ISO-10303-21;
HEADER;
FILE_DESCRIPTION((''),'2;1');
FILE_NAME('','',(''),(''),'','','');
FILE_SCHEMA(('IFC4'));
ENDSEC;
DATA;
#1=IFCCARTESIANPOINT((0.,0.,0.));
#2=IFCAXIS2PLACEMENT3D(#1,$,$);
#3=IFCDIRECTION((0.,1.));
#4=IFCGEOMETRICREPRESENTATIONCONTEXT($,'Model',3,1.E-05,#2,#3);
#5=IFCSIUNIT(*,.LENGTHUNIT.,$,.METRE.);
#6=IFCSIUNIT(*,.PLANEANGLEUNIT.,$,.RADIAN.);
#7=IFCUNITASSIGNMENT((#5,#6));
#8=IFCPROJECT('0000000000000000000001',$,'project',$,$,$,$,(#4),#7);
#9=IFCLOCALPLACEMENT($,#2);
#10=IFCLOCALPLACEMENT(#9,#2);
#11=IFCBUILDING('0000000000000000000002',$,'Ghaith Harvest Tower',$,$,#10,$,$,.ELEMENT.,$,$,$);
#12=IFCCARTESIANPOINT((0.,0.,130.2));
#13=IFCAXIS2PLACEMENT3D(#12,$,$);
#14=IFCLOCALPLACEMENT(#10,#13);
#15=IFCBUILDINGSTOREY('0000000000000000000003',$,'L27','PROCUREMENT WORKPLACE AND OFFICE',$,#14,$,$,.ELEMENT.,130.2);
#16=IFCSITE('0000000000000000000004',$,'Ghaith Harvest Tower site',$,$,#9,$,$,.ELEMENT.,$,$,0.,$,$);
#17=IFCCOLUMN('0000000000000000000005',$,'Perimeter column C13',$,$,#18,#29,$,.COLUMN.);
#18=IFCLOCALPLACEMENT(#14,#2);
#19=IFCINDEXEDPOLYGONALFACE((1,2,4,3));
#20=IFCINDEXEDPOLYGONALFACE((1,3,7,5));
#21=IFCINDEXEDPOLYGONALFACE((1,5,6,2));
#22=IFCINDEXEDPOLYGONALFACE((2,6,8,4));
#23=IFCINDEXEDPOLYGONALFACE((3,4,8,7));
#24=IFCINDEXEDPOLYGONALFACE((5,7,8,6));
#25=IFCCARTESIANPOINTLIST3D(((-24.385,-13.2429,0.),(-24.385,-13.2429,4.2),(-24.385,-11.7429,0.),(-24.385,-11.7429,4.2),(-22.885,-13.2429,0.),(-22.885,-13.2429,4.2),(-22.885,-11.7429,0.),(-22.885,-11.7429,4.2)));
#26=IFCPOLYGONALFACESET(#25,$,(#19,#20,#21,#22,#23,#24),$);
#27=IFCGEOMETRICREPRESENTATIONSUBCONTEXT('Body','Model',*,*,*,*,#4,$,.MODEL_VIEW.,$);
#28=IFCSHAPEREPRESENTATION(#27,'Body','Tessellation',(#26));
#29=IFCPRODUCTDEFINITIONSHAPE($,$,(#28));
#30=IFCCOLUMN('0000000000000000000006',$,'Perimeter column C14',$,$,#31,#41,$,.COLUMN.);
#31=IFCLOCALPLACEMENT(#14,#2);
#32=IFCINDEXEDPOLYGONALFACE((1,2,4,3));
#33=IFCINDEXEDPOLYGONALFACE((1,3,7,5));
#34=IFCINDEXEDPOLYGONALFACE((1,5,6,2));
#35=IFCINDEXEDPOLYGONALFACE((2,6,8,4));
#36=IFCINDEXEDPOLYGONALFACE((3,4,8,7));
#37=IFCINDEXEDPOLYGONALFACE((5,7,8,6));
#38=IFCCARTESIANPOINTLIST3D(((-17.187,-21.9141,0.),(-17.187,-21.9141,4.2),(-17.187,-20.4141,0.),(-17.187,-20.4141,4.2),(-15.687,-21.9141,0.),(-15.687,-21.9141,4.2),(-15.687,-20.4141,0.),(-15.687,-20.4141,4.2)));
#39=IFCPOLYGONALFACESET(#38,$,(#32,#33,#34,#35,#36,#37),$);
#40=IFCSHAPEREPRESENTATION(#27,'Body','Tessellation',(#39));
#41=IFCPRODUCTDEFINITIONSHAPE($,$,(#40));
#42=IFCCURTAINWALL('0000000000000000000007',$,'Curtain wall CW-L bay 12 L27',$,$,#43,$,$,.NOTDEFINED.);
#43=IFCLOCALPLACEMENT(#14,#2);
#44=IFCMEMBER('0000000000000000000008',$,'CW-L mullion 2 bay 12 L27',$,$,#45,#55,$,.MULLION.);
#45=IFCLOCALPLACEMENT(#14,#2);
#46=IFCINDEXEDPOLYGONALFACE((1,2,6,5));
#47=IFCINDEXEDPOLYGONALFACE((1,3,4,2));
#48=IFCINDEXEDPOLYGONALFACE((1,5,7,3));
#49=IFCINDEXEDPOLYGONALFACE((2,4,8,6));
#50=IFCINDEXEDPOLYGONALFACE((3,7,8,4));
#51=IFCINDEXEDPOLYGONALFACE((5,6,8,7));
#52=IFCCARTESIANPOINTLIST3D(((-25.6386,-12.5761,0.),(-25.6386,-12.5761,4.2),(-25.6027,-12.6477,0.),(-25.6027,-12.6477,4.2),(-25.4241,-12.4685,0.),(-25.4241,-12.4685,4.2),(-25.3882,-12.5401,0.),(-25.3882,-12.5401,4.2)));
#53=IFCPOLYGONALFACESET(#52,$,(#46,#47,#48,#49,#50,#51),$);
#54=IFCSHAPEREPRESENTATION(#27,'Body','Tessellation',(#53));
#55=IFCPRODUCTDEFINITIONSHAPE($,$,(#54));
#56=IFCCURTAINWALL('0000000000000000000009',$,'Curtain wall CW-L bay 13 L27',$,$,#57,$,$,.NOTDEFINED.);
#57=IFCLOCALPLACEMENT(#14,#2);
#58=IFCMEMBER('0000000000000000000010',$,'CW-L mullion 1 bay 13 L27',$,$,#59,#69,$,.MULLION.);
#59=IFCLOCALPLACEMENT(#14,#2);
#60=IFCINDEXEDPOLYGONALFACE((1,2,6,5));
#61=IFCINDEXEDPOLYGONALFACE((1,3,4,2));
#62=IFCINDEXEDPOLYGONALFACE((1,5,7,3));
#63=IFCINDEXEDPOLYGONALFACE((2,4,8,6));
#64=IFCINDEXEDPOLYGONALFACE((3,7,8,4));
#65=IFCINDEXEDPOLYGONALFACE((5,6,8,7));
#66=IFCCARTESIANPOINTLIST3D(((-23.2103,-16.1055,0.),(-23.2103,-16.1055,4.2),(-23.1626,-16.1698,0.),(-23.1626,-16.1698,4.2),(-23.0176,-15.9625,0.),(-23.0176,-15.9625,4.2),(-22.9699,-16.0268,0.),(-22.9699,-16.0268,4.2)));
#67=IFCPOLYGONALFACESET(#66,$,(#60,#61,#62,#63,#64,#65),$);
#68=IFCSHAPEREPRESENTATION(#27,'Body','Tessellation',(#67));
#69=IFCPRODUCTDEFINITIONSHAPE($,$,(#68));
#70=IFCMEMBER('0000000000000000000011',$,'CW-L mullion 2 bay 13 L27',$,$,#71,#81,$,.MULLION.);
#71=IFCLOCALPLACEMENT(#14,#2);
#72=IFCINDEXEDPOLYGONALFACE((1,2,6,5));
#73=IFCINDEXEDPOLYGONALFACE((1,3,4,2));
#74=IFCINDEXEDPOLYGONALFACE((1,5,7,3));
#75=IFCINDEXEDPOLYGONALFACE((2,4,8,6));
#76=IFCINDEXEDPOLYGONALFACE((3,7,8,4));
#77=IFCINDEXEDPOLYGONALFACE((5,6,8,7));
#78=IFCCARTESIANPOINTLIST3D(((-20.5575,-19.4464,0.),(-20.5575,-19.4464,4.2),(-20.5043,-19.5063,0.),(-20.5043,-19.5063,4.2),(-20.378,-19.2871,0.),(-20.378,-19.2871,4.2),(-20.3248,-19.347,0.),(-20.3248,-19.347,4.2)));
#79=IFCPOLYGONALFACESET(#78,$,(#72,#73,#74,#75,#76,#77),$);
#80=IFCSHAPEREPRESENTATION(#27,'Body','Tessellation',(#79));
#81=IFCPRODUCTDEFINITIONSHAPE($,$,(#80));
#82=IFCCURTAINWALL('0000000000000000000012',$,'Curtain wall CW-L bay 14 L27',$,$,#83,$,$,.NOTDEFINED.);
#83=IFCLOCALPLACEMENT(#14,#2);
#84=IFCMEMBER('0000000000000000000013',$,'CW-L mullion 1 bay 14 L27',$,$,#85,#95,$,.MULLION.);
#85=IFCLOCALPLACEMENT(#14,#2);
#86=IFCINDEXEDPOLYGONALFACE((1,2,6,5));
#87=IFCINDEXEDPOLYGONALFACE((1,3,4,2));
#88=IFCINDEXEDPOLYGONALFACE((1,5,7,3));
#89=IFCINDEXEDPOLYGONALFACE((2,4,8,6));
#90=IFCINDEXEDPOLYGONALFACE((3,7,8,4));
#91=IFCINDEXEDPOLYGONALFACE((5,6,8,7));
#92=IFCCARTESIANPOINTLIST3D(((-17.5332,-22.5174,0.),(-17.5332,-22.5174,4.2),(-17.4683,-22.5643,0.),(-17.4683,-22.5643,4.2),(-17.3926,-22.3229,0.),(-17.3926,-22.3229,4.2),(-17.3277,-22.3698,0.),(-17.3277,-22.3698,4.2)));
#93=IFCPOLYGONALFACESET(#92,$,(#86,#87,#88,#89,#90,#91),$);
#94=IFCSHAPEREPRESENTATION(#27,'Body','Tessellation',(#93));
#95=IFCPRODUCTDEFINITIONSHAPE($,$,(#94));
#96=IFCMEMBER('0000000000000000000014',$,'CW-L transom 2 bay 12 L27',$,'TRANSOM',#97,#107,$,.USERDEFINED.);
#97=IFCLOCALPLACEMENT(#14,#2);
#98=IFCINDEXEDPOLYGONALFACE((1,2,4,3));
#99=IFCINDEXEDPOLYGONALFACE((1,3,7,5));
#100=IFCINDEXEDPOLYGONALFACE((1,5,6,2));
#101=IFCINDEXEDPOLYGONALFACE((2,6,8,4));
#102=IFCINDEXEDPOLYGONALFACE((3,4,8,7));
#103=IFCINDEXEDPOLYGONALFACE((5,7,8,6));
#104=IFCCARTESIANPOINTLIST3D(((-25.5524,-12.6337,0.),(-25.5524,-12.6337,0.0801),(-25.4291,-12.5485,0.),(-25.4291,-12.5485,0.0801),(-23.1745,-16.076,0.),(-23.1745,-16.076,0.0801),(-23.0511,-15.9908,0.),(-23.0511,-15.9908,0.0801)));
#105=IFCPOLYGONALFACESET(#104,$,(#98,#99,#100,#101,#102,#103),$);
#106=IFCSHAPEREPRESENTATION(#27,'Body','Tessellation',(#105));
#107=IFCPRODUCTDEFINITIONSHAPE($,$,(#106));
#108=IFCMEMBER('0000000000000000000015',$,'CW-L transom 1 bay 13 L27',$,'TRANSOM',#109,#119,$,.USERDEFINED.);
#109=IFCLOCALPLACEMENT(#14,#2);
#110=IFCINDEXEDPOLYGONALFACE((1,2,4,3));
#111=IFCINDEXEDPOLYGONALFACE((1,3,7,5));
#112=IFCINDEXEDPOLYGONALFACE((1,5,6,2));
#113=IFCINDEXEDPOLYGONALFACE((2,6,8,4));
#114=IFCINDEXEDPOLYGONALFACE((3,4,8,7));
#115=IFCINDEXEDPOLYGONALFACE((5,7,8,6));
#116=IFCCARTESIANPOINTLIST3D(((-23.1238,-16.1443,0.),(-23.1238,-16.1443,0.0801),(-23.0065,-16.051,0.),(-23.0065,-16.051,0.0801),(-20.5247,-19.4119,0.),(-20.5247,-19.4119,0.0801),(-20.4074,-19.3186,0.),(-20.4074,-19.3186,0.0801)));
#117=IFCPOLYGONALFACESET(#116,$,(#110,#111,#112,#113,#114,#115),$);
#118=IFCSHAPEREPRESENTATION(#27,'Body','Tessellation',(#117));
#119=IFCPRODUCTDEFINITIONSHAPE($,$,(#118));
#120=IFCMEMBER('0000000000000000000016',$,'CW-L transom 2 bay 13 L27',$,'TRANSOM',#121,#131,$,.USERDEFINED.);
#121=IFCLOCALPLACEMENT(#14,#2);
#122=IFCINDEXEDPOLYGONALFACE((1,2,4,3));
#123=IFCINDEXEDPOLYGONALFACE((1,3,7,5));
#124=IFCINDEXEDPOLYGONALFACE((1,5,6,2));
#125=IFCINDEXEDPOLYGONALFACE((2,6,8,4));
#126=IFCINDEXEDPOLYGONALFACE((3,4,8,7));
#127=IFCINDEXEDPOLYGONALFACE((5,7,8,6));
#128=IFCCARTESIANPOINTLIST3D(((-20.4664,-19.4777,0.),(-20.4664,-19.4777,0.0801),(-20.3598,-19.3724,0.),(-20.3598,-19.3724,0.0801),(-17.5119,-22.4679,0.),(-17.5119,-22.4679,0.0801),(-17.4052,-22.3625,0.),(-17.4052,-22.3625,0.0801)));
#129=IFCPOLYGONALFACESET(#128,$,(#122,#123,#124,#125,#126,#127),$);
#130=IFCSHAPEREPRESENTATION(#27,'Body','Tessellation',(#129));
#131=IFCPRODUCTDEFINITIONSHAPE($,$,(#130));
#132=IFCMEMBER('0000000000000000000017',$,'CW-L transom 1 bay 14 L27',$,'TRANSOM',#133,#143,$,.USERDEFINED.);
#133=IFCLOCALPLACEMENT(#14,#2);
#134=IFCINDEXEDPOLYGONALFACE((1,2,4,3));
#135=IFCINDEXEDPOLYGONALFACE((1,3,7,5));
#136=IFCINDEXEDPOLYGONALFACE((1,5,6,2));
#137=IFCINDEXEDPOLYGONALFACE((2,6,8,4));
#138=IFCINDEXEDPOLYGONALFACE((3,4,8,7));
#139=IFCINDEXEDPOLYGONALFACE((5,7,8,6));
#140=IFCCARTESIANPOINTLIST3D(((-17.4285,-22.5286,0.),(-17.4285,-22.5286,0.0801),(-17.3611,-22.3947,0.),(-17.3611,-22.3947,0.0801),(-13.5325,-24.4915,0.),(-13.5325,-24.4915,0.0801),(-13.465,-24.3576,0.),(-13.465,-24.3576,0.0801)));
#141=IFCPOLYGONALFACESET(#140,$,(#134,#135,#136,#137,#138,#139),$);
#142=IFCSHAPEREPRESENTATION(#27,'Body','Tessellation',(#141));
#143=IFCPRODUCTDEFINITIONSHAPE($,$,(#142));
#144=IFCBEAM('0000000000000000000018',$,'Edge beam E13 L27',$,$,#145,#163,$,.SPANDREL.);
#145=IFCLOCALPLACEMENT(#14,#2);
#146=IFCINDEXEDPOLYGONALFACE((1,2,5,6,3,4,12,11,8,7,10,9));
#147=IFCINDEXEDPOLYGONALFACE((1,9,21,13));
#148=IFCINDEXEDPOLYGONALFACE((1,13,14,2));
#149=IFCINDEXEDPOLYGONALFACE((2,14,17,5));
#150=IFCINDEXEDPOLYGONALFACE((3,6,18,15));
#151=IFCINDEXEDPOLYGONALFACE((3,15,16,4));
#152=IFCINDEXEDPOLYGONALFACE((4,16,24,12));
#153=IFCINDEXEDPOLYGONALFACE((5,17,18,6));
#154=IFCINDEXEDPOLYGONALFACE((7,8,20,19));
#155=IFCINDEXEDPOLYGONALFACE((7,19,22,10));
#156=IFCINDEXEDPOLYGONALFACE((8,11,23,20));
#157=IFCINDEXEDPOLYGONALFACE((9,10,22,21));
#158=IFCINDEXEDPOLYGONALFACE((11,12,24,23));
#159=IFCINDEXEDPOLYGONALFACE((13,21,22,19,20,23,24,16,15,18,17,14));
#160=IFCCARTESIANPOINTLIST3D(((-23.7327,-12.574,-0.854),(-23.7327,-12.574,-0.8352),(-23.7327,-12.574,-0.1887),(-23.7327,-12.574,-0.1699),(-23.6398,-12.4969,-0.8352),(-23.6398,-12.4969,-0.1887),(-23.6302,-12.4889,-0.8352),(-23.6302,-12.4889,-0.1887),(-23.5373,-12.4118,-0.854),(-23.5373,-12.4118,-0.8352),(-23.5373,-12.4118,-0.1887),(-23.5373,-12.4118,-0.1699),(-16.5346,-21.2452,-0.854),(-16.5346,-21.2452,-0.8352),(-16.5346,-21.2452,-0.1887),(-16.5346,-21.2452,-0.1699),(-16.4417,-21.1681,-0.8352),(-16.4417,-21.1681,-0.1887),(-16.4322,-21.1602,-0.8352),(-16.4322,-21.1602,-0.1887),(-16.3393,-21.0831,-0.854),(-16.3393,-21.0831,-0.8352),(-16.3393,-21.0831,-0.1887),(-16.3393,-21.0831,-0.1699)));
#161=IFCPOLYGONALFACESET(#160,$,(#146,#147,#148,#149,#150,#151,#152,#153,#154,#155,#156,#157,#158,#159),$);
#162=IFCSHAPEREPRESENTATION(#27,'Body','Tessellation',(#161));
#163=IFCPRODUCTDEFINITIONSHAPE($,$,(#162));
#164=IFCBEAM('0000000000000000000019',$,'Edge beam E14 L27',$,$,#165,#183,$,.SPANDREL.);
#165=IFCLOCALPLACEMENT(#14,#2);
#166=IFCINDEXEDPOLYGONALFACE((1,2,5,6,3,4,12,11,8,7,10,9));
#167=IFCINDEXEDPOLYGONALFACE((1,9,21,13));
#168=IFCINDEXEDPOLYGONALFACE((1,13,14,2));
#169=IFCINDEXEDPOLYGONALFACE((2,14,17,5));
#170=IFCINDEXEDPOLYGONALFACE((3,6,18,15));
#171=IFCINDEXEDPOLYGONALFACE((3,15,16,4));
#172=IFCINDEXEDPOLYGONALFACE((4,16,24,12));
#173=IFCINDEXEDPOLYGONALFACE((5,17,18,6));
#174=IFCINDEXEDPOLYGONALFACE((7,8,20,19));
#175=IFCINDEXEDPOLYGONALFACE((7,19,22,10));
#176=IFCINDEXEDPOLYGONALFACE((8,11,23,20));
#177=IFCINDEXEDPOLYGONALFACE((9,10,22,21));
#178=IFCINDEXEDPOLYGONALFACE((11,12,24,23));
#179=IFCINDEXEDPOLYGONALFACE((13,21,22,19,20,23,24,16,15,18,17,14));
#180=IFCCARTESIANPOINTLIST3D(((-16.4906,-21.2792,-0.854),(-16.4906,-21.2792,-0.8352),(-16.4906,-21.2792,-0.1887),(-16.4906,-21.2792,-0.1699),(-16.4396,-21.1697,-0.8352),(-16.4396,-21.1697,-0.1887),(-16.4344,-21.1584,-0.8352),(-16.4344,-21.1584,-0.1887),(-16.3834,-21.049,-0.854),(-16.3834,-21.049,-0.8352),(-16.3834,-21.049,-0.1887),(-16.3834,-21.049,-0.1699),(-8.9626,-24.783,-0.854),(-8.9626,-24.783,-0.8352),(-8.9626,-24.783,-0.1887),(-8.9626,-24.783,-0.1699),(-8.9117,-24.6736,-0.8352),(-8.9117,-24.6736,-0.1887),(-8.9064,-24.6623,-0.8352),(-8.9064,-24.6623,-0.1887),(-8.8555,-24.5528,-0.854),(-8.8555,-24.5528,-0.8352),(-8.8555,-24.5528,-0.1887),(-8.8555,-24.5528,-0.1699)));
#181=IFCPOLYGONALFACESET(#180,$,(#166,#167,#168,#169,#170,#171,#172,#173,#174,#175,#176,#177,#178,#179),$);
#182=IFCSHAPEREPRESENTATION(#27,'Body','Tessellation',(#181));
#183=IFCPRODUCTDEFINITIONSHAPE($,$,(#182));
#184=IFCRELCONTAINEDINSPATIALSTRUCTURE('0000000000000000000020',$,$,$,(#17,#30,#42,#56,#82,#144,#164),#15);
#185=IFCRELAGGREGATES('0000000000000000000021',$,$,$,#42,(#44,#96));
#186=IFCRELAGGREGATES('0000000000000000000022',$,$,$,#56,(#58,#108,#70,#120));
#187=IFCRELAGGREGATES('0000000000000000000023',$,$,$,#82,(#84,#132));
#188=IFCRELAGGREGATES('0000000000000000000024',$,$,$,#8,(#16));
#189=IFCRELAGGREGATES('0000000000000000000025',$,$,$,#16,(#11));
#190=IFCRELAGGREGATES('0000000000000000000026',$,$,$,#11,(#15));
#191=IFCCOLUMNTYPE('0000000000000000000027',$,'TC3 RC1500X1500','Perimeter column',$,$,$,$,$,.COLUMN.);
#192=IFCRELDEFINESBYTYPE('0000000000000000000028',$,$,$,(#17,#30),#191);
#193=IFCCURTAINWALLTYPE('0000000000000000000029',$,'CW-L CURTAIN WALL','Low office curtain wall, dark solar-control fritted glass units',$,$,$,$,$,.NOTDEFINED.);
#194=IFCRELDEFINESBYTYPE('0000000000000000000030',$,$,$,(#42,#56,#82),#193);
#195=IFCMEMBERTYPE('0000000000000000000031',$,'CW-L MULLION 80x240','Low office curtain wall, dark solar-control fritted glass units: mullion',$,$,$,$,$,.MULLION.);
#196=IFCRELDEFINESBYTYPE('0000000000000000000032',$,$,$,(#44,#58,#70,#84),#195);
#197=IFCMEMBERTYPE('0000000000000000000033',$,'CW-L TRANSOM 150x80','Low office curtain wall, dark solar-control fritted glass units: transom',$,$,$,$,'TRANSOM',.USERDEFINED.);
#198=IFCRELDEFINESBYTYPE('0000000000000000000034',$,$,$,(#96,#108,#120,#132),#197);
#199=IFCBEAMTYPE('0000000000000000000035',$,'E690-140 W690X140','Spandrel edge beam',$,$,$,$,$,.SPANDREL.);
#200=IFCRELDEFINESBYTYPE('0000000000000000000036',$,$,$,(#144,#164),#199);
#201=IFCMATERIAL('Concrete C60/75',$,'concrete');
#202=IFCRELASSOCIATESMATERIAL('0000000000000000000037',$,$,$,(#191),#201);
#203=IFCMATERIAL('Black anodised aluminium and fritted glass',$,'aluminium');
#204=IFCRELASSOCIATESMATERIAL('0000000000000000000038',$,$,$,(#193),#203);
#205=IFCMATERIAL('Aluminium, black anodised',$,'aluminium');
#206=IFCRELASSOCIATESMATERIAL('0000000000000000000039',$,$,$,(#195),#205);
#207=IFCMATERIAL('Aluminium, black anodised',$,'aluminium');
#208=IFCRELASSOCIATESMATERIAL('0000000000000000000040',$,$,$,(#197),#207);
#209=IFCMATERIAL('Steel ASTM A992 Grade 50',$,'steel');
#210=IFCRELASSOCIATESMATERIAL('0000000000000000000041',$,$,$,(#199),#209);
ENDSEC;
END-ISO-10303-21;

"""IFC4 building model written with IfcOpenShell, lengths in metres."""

from ifc_helpers import new_model, si_unit, direction, frame, origin, origin_2d, place, context, subcontext, project, spatial, rectangle, i_section, extrude, material, material_profile, profile_set, type_object, element, aggregate, save


model = new_model("IFC4")

# Units and contexts
model_context = context("Model", 3, precision=1e-05, world=origin(), true_north=direction((0.0, 1.0)))
body_context = subcontext(model_context, "Body", "Model", "MODEL_VIEW")
ifc_project = project(units=[si_unit("LENGTHUNIT", "METRE"), si_unit("PLANEANGLEUNIT", "RADIAN")], contexts=[model_context])

# Site, building, storey
site_placement = place(None, origin())
site = spatial("IfcSite", under=ifc_project, at=site_placement, Name="Ghaith Harvest Tower site", CompositionType="ELEMENT", RefElevation=0.0)
building_placement = place(site_placement, origin())
building = spatial("IfcBuilding", under=site, at=building_placement, Name="Ghaith Harvest Tower", CompositionType="ELEMENT")
storey_placement = place(building_placement, frame((0.0, 0.0, 130.2)))
storey = spatial("IfcBuildingStorey", under=building, at=storey_placement, Name="L27", Description="PROCUREMENT WORKPLACE AND OFFICE", CompositionType="ELEMENT", Elevation=130.2)

# Columns
ifc_material_1 = material(Name="Concrete C60/75", Category="concrete")
ifc_material_profile_1 = material_profile(ifc_material_1, rectangle(XDim=1.5, YDim=1.5, at=origin_2d()), Name="RC1500X1500")
ifc_profile_set_1 = profile_set([ifc_material_profile_1], Name="Concrete C60/75")
column_type = type_object("IfcColumnType", Name="TC3 RC1500X1500", Description="Perimeter column", PredefinedType="COLUMN", material=ifc_profile_set_1)
for number, where, z_axis, x_axis, name in (
    (1, (-23.635, -12.4929, 0.0), (0.0, 0.0, 1.0), (1.0, 0.0, 0.0), "Perimeter column C13"),
    (2, (-16.437, -21.1641, 0.0), (0.0, 0.0, 1.0), (1.0, 0.0, 0.0), "Perimeter column C14"),
):
    element("IfcColumn", number, at=place(storey_placement, frame(where, z_axis=z_axis, x_axis=x_axis)), inside=storey, type_object=column_type, Name=name, PredefinedType="COLUMN", context=body_context, shape_type="SweptSolid", body=[
        extrude(rectangle(XDim=1.5, YDim=1.5, at=origin_2d()), origin(), (0.0, 0.0, 1.0), 4.2),
    ])

# Curtain wall, member
ifc_material_2 = material(Name="Black anodised aluminium and fritted glass", Category="aluminium")
curtain_wall_type = type_object("IfcCurtainWallType", Name="CW-L CURTAIN WALL", Description="Low office curtain wall, dark solar-control fritted glass units", PredefinedType="NOTDEFINED", material=ifc_material_2)
curtain_wall_1_placement = place(storey_placement, origin())
curtain_wall_1 = element("IfcCurtainWall", 3, at=curtain_wall_1_placement, inside=storey, type_object=curtain_wall_type, Name="Curtain wall CW-L bay 12 L27", PredefinedType="NOTDEFINED")
ifc_material_3 = material(Name="Aluminium, black anodised", Category="aluminium")
ifc_material_profile_2 = material_profile(ifc_material_3, rectangle(XDim=0.0801, YDim=0.24, at=origin_2d()), Name="CW-L MULLION 80x240")
ifc_profile_set_2 = profile_set([ifc_material_profile_2], Name="Aluminium, black anodised")
member_type_1 = type_object("IfcMemberType", Name="CW-L MULLION 80x240", Description="Low office curtain wall, dark solar-control fritted glass units: mullion", PredefinedType="MULLION", material=ifc_profile_set_2)
member_1_placement = place(storey_placement, frame((-25.5134, -12.5581, 0.0), z_axis=(0.0, 0.0, 1.0), x_axis=(0.448267, -0.8939, 0.0)))
member_1 = element("IfcMember", 4, at=member_1_placement, type_object=member_type_1, Name="CW-L mullion 2 bay 12 L27", PredefinedType="MULLION", context=body_context, shape_type="SweptSolid", body=[
    extrude(rectangle(XDim=0.0801, YDim=0.24, at=origin_2d()), origin(), (0.0, 0.0, 1.0), 4.2),
])

# Curtain wall, members
curtain_wall_2_placement = place(storey_placement, origin())
curtain_wall_2 = element("IfcCurtainWall", 5, at=curtain_wall_2_placement, inside=storey, type_object=curtain_wall_type, Name="Curtain wall CW-L bay 13 L27", PredefinedType="NOTDEFINED")
member_2_placement = place(storey_placement, frame((-23.0901, -16.0662, 0.0), z_axis=(0.0, 0.0, 1.0), x_axis=(0.59574, -0.803177, 0.0)))
member_2 = element("IfcMember", 6, at=member_2_placement, type_object=member_type_1, Name="CW-L mullion 1 bay 13 L27", PredefinedType="MULLION", context=body_context, shape_type="SweptSolid", body=[
    extrude(rectangle(XDim=0.0801, YDim=0.24, at=origin_2d()), origin(), (0.0, 0.0, 1.0), 4.2),
])
member_3_placement = place(storey_placement, frame((-20.4412, -19.3967, 0.0), z_axis=(0.0, 0.0, 1.0), x_axis=(0.663765, -0.747941, 0.0)))
member_3 = element("IfcMember", 7, at=member_3_placement, type_object=member_type_1, Name="CW-L mullion 2 bay 13 L27", PredefinedType="MULLION", context=body_context, shape_type="SweptSolid", body=[
    extrude(rectangle(XDim=0.0801, YDim=0.24, at=origin_2d()), origin(), (0.0, 0.0, 1.0), 4.2),
])

# Curtain wall, member
curtain_wall_3_placement = place(storey_placement, origin())
curtain_wall_3 = element("IfcCurtainWall", 8, at=curtain_wall_3_placement, inside=storey, type_object=curtain_wall_type, Name="Curtain wall CW-L bay 14 L27", PredefinedType="NOTDEFINED")
member_4_placement = place(storey_placement, frame((-17.4304, -22.4436, 0.0), z_axis=(0.0, 0.0, 1.0), x_axis=(0.810339, -0.585961, 0.0)))
member_4 = element("IfcMember", 9, at=member_4_placement, type_object=member_type_1, Name="CW-L mullion 1 bay 14 L27", PredefinedType="MULLION", context=body_context, shape_type="SweptSolid", body=[
    extrude(rectangle(XDim=0.0801, YDim=0.24, at=origin_2d()), origin(), (0.0, 0.0, 1.0), 4.2),
])

# Members
ifc_material_4 = material(Name="Aluminium, black anodised", Category="aluminium")
ifc_material_profile_3 = material_profile(ifc_material_4, rectangle(XDim=0.1499, YDim=0.0801, at=origin_2d()), Name="CW-L TRANSOM 150x80")
ifc_profile_set_3 = profile_set([ifc_material_profile_3], Name="Aluminium, black anodised")
member_type_2 = type_object("IfcMemberType", Name="CW-L TRANSOM 150x80", Description="Low office curtain wall, dark solar-control fritted glass units: transom", ElementType="TRANSOM", PredefinedType="USERDEFINED", material=ifc_profile_set_3)
member_5_placement = place(storey_placement, frame((-25.4907, -12.5911, 0.04), z_axis=(0.56836, -0.82278, 0.0), x_axis=(0.82278, 0.56836, 0.0)))
member_5 = element("IfcMember", 10, at=member_5_placement, type_object=member_type_2, Name="CW-L transom 2 bay 12 L27", ObjectType="TRANSOM", PredefinedType="USERDEFINED", context=body_context, shape_type="SweptSolid", body=[
    extrude(rectangle(XDim=0.1499, YDim=0.0801, at=origin_2d()), origin(), (0.0, 0.0, 1.0), 4.1838),
])
member_6_placement = place(storey_placement, frame((-23.0652, -16.0977, 0.04), z_axis=(0.622511, -0.782611, 0.0), x_axis=(0.782611, 0.622511, 0.0)))
member_6 = element("IfcMember", 11, at=member_6_placement, type_object=member_type_2, Name="CW-L transom 1 bay 13 L27", ObjectType="TRANSOM", PredefinedType="USERDEFINED", context=body_context, shape_type="SweptSolid", body=[
    extrude(rectangle(XDim=0.1499, YDim=0.0801, at=origin_2d()), origin(), (0.0, 0.0, 1.0), 4.1753),
])
member_7_placement = place(storey_placement, frame((-20.4131, -19.425, 0.04), z_axis=(0.702854, -0.711334, 0.0), x_axis=(0.711334, 0.702854, 0.0)))
member_7 = element("IfcMember", 12, at=member_7_placement, type_object=member_type_2, Name="CW-L transom 2 bay 13 L27", ObjectType="TRANSOM", PredefinedType="USERDEFINED", context=body_context, shape_type="SweptSolid", body=[
    extrude(rectangle(XDim=0.1499, YDim=0.0801, at=origin_2d()), origin(), (0.0, 0.0, 1.0), 4.2036),
])
member_8_placement = place(storey_placement, frame((-17.3948, -22.4617, 0.04), z_axis=(0.893058, -0.449943, 0.0), x_axis=(0.449943, 0.893058, 0.0)))
member_8 = element("IfcMember", 13, at=member_8_placement, type_object=member_type_2, Name="CW-L transom 1 bay 14 L27", ObjectType="TRANSOM", PredefinedType="USERDEFINED", context=body_context, shape_type="SweptSolid", body=[
    extrude(rectangle(XDim=0.1499, YDim=0.0801, at=origin_2d()), origin(), (0.0, 0.0, 1.0), 4.3625),
])

# Beams
ifc_material_5 = material(Name="Steel ASTM A992 Grade 50", Category="steel")
ifc_material_profile_4 = material_profile(ifc_material_5, i_section(OverallWidth=0.2539, OverallDepth=0.6841, WebThickness=0.0125, FlangeThickness=0.0188, at=origin_2d()), Name="W690X140")
ifc_profile_set_4 = profile_set([ifc_material_profile_4], Name="Steel ASTM A992 Grade 50")
beam_type = type_object("IfcBeamType", Name="E690-140 W690X140", Description="Spandrel edge beam", PredefinedType="SPANDREL", material=ifc_profile_set_4)
beam_1_placement = place(storey_placement, frame((-23.635, -12.4929, -0.512), z_axis=(0.638719, -0.76944, 0.0), x_axis=(0.76944, 0.638719, 0.0)))
element("IfcBeam", 14, at=beam_1_placement, inside=storey, type_object=beam_type, Name="Edge beam E13 L27", PredefinedType="SPANDREL", context=body_context, shape_type="SweptSolid", body=[
    extrude(i_section(OverallWidth=0.2539, OverallDepth=0.6841, WebThickness=0.0125, FlangeThickness=0.0188, at=origin_2d()), origin(), (0.0, 0.0, 1.0), 11.2695),
])
beam_2_placement = place(storey_placement, frame((-16.437, -21.1641, -0.512), z_axis=(0.906607, -0.421976, 0.0), x_axis=(0.421976, 0.906607, 0.0)))
element("IfcBeam", 15, at=beam_2_placement, inside=storey, type_object=beam_type, Name="Edge beam E14 L27", PredefinedType="SPANDREL", context=body_context, shape_type="SweptSolid", body=[
    extrude(i_section(OverallWidth=0.2539, OverallDepth=0.6841, WebThickness=0.0125, FlangeThickness=0.0188, at=origin_2d()), origin(), (0.0, 0.0, 1.0), 8.3035),
])

aggregate(curtain_wall_1, [member_1, member_5])
aggregate(curtain_wall_2, [member_2, member_6, member_3, member_7])
aggregate(curtain_wall_3, [member_4, member_8])

save(model, "model.ifc")
